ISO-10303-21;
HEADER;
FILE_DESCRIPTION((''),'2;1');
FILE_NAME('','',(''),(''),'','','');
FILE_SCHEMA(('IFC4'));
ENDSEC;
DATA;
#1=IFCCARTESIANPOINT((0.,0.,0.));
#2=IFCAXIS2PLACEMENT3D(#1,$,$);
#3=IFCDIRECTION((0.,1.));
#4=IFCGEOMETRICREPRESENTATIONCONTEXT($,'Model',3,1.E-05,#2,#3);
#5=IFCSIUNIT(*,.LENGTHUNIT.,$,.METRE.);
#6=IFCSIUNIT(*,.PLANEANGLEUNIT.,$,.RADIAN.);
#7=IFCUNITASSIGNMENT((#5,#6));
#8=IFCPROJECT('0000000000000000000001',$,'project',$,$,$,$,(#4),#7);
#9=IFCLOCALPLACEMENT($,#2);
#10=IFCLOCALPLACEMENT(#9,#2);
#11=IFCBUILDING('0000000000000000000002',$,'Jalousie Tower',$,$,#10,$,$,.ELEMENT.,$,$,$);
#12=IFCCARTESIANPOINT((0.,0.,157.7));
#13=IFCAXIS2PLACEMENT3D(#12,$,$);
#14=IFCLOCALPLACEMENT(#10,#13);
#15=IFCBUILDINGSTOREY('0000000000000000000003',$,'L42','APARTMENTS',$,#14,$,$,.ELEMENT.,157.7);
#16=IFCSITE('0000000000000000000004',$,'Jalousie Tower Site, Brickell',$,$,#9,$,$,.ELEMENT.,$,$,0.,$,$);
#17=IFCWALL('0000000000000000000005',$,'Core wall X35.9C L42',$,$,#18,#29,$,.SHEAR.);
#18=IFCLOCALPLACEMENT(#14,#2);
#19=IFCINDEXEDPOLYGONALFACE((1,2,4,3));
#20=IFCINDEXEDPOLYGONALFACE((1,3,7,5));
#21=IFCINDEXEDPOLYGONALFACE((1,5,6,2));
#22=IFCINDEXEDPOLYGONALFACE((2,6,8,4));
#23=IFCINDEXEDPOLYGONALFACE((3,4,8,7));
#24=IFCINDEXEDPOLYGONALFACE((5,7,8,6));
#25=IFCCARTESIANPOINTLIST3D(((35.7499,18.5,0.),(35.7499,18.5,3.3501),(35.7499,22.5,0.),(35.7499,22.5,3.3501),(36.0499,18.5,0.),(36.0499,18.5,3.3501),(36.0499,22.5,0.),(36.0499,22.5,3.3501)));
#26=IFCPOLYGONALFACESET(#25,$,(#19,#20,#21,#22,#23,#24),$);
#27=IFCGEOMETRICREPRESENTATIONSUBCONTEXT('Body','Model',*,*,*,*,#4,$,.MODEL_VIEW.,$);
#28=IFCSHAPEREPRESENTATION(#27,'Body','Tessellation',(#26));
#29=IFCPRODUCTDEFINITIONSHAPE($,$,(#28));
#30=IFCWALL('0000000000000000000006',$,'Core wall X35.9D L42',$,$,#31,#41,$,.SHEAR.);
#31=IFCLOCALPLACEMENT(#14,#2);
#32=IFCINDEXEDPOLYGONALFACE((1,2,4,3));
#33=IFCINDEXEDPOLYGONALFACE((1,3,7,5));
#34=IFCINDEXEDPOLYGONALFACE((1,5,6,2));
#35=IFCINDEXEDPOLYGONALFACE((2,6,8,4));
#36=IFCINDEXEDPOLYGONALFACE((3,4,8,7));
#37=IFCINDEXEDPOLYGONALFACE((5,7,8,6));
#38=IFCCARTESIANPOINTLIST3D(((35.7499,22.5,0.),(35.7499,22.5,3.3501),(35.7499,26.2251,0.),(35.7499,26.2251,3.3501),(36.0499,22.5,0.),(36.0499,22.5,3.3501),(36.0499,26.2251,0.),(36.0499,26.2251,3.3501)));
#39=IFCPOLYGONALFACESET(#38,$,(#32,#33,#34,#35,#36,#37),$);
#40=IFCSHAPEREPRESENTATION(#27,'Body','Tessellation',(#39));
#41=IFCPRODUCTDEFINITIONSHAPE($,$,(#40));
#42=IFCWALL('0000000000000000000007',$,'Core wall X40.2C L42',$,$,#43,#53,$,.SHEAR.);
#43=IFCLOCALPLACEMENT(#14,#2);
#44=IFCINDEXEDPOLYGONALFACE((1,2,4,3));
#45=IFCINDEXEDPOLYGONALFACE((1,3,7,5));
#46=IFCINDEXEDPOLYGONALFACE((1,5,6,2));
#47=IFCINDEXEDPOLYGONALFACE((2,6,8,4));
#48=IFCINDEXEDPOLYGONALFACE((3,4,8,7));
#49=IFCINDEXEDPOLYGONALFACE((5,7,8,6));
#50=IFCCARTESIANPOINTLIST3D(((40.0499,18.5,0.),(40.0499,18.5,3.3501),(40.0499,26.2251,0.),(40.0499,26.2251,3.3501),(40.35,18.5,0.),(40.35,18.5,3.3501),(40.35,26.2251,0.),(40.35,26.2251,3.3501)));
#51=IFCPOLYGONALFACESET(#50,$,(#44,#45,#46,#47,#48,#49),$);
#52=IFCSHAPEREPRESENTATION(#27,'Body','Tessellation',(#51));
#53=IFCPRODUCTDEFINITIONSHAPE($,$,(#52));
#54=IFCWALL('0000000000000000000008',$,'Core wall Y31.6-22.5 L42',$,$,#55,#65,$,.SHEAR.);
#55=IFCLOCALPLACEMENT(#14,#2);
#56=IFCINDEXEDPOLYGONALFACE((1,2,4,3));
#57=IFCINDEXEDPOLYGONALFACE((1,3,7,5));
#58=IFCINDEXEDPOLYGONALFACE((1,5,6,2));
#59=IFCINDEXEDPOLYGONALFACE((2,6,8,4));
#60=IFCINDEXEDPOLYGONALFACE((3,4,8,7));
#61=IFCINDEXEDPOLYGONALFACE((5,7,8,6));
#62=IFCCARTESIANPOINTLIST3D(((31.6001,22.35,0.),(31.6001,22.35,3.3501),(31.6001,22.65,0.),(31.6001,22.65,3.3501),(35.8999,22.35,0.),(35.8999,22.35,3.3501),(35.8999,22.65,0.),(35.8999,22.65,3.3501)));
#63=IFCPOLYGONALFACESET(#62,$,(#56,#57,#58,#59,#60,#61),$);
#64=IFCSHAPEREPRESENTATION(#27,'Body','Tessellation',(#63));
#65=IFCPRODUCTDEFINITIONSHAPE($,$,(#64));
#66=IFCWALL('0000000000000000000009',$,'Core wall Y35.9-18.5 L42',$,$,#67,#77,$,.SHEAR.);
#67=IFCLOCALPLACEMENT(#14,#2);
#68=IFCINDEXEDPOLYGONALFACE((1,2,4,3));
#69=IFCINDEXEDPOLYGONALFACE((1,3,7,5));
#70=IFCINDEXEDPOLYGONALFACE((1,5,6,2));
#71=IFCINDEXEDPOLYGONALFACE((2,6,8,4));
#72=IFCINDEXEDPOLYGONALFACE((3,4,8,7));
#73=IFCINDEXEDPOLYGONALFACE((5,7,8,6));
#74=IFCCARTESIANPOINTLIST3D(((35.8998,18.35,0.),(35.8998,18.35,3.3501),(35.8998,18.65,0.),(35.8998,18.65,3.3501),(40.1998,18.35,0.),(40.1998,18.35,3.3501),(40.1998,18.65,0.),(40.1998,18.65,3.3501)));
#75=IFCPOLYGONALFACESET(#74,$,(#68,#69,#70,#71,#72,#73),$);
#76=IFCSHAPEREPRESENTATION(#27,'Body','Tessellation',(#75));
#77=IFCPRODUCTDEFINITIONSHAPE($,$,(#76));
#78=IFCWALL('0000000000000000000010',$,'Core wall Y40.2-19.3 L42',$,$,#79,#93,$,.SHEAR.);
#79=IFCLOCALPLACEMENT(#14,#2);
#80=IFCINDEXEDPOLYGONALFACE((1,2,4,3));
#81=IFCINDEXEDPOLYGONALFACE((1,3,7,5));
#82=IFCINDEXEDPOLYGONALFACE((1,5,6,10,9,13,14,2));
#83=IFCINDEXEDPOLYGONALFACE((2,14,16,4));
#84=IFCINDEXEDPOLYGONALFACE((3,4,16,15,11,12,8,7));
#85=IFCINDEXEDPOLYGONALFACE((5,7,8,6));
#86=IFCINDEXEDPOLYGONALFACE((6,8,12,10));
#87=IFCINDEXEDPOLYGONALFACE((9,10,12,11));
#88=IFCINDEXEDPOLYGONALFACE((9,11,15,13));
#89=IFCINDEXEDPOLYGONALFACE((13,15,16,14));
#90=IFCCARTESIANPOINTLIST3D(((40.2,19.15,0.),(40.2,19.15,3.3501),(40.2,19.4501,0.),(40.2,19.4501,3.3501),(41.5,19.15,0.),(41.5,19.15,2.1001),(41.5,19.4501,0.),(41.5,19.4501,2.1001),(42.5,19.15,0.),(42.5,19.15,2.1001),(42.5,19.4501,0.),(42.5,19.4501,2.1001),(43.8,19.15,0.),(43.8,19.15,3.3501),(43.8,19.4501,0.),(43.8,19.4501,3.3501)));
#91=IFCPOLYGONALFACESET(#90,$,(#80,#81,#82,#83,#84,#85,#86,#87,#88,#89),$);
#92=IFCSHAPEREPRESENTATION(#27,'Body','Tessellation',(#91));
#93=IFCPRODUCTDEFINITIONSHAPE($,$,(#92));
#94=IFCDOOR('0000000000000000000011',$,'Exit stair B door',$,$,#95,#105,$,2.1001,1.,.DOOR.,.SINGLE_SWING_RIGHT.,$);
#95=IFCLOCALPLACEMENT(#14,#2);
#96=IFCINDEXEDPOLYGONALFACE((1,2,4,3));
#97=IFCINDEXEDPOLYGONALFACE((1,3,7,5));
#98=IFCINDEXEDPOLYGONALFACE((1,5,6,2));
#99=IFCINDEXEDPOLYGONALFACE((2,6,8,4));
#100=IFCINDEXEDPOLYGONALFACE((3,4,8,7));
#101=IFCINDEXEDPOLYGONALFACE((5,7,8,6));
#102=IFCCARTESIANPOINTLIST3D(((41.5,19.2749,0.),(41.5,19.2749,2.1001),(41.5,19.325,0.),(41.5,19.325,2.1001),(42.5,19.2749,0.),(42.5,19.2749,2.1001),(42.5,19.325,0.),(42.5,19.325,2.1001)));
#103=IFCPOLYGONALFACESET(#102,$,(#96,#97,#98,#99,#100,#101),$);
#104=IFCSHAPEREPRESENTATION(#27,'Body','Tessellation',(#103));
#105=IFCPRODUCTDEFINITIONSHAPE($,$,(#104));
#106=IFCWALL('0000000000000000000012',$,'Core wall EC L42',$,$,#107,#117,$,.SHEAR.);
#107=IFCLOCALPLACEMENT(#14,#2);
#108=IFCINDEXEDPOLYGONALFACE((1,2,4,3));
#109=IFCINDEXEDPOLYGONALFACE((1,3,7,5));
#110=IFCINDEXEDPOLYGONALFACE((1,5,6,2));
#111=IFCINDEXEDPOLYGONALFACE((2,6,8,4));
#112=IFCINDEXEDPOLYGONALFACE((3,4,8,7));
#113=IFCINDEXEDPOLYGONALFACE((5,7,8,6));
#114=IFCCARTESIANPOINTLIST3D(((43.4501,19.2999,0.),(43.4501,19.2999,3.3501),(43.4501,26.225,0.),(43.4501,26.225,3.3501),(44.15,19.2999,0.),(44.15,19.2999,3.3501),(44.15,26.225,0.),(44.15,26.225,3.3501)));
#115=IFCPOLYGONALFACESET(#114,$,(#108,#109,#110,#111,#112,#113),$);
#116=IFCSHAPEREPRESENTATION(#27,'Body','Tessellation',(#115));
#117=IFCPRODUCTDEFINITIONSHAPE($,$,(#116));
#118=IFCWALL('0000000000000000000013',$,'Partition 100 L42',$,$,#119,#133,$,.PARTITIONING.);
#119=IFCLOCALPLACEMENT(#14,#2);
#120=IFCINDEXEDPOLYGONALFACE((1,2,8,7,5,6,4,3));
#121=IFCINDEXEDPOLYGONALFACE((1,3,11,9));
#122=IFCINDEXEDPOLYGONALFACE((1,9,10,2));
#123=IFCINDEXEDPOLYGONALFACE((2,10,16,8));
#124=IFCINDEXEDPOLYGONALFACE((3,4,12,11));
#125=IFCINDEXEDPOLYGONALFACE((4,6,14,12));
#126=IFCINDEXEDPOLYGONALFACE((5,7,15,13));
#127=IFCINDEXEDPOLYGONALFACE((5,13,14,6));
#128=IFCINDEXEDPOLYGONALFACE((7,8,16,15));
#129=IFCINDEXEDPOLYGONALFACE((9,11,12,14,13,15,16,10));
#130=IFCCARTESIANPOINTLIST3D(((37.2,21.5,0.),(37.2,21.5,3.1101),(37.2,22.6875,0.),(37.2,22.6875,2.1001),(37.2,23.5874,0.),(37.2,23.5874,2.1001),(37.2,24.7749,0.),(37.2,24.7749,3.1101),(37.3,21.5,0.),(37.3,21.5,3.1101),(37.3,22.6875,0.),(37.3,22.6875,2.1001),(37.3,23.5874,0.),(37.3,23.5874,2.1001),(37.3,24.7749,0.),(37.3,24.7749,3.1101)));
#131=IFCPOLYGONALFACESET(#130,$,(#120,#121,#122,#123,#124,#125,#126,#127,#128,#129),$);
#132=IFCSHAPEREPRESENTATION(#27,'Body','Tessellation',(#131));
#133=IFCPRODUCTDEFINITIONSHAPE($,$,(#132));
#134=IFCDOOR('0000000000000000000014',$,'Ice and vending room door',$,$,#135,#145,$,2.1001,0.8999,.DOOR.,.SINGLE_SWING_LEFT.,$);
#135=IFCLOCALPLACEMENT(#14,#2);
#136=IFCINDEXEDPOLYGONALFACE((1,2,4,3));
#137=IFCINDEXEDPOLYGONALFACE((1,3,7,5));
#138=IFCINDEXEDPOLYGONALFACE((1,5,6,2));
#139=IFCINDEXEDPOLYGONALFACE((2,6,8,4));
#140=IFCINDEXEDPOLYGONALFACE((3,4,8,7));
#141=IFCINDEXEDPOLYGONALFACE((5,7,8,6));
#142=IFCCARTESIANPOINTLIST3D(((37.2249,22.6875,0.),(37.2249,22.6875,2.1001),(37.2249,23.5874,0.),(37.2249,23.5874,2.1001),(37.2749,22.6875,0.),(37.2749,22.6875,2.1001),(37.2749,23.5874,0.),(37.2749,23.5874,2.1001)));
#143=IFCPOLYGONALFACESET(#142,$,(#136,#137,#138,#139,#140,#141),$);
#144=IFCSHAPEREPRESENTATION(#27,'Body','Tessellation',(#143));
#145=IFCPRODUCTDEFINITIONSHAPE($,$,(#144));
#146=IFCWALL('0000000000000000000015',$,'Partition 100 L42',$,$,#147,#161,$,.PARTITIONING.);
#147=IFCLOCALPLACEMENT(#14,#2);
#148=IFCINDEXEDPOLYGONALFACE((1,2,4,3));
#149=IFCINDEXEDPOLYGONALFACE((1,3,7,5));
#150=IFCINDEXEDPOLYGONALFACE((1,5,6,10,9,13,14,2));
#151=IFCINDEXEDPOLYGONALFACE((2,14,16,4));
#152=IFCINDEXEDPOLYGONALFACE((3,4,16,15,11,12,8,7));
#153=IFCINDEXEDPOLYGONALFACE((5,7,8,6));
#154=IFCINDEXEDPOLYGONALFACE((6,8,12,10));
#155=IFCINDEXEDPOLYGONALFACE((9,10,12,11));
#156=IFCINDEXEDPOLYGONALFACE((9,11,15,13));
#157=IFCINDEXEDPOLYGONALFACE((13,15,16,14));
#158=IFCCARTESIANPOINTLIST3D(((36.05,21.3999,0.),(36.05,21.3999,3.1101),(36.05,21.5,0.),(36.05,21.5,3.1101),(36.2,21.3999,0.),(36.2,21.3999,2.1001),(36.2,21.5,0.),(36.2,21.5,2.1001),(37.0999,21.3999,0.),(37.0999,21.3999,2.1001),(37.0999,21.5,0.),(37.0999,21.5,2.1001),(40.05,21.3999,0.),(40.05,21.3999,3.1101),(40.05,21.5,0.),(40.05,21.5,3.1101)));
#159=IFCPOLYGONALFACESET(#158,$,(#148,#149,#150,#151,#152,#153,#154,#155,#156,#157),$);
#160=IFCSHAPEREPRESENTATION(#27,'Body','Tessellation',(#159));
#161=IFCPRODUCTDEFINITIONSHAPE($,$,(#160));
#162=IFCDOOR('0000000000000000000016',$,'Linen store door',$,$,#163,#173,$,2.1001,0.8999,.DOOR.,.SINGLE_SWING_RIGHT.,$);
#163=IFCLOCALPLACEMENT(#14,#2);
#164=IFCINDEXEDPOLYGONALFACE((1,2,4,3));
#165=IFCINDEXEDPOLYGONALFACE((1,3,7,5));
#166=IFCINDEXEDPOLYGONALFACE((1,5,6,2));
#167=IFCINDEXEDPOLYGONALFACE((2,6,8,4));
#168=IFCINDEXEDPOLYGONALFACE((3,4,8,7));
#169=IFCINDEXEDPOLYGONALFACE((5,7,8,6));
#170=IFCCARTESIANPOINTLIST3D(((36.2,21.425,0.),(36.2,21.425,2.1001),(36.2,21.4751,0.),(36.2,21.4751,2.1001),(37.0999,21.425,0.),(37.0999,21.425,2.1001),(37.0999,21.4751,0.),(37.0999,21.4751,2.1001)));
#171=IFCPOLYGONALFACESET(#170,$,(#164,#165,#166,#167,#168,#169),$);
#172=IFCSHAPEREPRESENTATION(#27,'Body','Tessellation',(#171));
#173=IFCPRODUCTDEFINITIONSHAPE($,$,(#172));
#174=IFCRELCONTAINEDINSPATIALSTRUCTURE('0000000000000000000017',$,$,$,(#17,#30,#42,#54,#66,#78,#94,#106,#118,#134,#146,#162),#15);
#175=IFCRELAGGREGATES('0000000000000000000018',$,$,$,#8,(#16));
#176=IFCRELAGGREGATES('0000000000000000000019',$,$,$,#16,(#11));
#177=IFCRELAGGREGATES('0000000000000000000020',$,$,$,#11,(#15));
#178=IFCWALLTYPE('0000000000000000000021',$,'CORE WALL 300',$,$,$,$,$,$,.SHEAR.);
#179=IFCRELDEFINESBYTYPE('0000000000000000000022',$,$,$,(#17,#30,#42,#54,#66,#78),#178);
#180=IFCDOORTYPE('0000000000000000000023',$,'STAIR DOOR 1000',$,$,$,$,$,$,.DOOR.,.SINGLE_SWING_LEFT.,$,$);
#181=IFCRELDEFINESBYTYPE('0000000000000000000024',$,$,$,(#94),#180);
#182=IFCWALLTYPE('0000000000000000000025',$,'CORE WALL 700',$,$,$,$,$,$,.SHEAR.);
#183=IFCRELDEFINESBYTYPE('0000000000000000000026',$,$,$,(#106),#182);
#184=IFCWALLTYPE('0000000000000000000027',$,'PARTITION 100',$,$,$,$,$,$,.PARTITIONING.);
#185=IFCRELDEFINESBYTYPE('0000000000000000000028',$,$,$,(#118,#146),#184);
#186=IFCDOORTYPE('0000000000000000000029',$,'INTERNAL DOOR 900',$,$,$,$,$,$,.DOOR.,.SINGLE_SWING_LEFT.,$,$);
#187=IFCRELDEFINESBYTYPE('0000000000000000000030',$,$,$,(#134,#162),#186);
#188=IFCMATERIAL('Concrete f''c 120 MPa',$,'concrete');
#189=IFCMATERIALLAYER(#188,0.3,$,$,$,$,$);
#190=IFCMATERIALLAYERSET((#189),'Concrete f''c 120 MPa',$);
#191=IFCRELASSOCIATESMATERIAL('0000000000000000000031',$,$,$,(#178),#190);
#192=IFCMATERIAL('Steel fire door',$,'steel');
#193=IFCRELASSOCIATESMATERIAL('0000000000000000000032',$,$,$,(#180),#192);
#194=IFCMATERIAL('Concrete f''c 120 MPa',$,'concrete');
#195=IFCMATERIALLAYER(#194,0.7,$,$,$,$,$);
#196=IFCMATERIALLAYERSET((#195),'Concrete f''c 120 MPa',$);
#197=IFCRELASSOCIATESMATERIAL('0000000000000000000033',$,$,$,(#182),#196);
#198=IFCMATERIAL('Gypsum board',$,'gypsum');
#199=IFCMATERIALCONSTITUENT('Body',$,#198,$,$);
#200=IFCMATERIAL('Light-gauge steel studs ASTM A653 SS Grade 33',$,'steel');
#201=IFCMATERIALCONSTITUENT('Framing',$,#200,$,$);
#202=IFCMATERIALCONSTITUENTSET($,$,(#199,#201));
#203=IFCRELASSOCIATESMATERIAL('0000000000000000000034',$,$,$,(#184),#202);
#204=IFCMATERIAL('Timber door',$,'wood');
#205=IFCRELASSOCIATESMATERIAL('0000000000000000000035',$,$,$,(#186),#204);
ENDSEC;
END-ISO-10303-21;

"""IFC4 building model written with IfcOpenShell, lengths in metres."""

from ifc_helpers import new_model, si_unit, direction, frame, frame_2d, origin, place, context, subcontext, project, spatial, rectangle, extrude, material, layer, layer_set, constituent, constituent_set, type_object, element, fill, save


model = new_model("IFC4")

# Units and contexts
model_context = context("Model", 3, precision=1e-05, world=origin(), true_north=direction((0.0, 1.0)))
body_context = subcontext(model_context, "Body", "Model", "MODEL_VIEW")
ifc_project = project(units=[si_unit("LENGTHUNIT", "METRE"), si_unit("PLANEANGLEUNIT", "RADIAN")], contexts=[model_context])

# Site, building, storey
site_placement = place(None, origin())
site = spatial("IfcSite", under=ifc_project, at=site_placement, Name="Jalousie Tower Site, Brickell", CompositionType="ELEMENT", RefElevation=0.0)
building_placement = place(site_placement, origin())
building = spatial("IfcBuilding", under=site, at=building_placement, Name="Jalousie Tower", CompositionType="ELEMENT")
storey_placement = place(building_placement, frame((0.0, 0.0, 157.7)))
storey = spatial("IfcBuildingStorey", under=building, at=storey_placement, Name="L42", Description="APARTMENTS", CompositionType="ELEMENT", Elevation=157.7)

# Walls
ifc_material_1 = material(Name="Concrete f'c 120 MPa", Category="concrete")
ifc_layer_1 = layer(ifc_material_1, 0.3)
ifc_layer_set_1 = layer_set([ifc_layer_1], Name="Concrete f'c 120 MPa")
wall_type_1 = type_object("IfcWallType", Name="CORE WALL 300", PredefinedType="SHEAR", material=ifc_layer_set_1)
wall_1_placement = place(storey_placement, frame((35.8999, 18.5, 0.0), z_axis=(0.0, 0.0, 1.0), x_axis=(0.0, 1.0, 0.0)))
element("IfcWall", 1, at=wall_1_placement, inside=storey, type_object=wall_type_1, Name="Core wall X35.9C L42", PredefinedType="SHEAR", context=body_context, shape_type="SweptSolid", body=[
    extrude(rectangle(XDim=4.0, YDim=0.3, at=frame_2d((2.0, 0.0))), origin(), (0.0, 0.0, 1.0), 3.3501),
])
wall_2_placement = place(storey_placement, frame((35.8999, 22.5, 0.0), z_axis=(0.0, 0.0, 1.0), x_axis=(0.0, 1.0, 0.0)))
element("IfcWall", 2, at=wall_2_placement, inside=storey, type_object=wall_type_1, Name="Core wall X35.9D L42", PredefinedType="SHEAR", context=body_context, shape_type="SweptSolid", body=[
    extrude(rectangle(XDim=3.7251, YDim=0.3, at=frame_2d((1.8625, 0.0))), origin(), (0.0, 0.0, 1.0), 3.3501),
])
wall_3_placement = place(storey_placement, frame((40.2, 18.5, 0.0), z_axis=(0.0, 0.0, 1.0), x_axis=(0.0, 1.0, 0.0)))
element("IfcWall", 3, at=wall_3_placement, inside=storey, type_object=wall_type_1, Name="Core wall X40.2C L42", PredefinedType="SHEAR", context=body_context, shape_type="SweptSolid", body=[
    extrude(rectangle(XDim=7.7251, YDim=0.3, at=frame_2d((3.8625, 0.0))), origin(), (0.0, 0.0, 1.0), 3.3501),
])
wall_4_placement = place(storey_placement, frame((31.6001, 22.5, 0.0), z_axis=(0.0, 0.0, 1.0), x_axis=(1.0, 0.0, 0.0)))
element("IfcWall", 4, at=wall_4_placement, inside=storey, type_object=wall_type_1, Name="Core wall Y31.6-22.5 L42", PredefinedType="SHEAR", context=body_context, shape_type="SweptSolid", body=[
    extrude(rectangle(XDim=4.2998, YDim=0.3, at=frame_2d((2.1499, 0.0))), origin(), (0.0, 0.0, 1.0), 3.3501),
])
wall_5_placement = place(storey_placement, frame((35.8999, 18.5, 0.0), z_axis=(0.0, 0.0, 1.0), x_axis=(1.0, 0.0, 0.0)))
element("IfcWall", 5, at=wall_5_placement, inside=storey, type_object=wall_type_1, Name="Core wall Y35.9-18.5 L42", PredefinedType="SHEAR", context=body_context, shape_type="SweptSolid", body=[
    extrude(rectangle(XDim=4.3, YDim=0.3, at=frame_2d((2.1499, 0.0))), origin(), (0.0, 0.0, 1.0), 3.3501),
])

# Wall, opening, door
wall_6_placement = place(storey_placement, frame((40.2, 19.3, 0.0), z_axis=(0.0, 0.0, 1.0), x_axis=(1.0, 0.0, 0.0)))
wall_6 = element("IfcWall", 6, at=wall_6_placement, inside=storey, type_object=wall_type_1, Name="Core wall Y40.2-19.3 L42", PredefinedType="SHEAR", context=body_context, shape_type="SweptSolid", body=[
    extrude(rectangle(XDim=3.6001, YDim=0.3, at=frame_2d((1.8, 0.0))), origin(), (0.0, 0.0, 1.0), 3.3501),
])
opening_1_placement = place(wall_6_placement, frame((1.3, 0.0, 0.0)))
opening_1 = element("IfcOpeningElement", 7, at=opening_1_placement, cuts=wall_6, PredefinedType="OPENING", context=body_context, shape_type="SweptSolid", body=[
    extrude(rectangle(XDim=1.0, YDim=2.1001, at=frame_2d((0.5, 1.05))), frame((0.0, 0.1599, 0.0), z_axis=(0.0, -1.0, 0.0), x_axis=(1.0, 0.0, 0.0)), (0.0, 0.0, 1.0), 0.3201),
])
ifc_material_2 = material(Name="Steel fire door", Category="steel")
door_type_1 = type_object("IfcDoorType", Name="STAIR DOOR 1000", OperationType="SINGLE_SWING_LEFT", PredefinedType="DOOR", material=ifc_material_2)
door_1_placement = place(opening_1_placement, origin())
door_1 = element("IfcDoor", 8, at=door_1_placement, inside=storey, type_object=door_type_1, Name="Exit stair B door", OperationType="SINGLE_SWING_RIGHT", OverallHeight=2.1001, OverallWidth=1.0, PredefinedType="DOOR", context=body_context, shape_type="SweptSolid", body=[
    extrude(rectangle(XDim=1.0, YDim=2.1001, at=frame_2d((0.5, 1.05))), frame((0.0, 0.0249, 0.0), z_axis=(0.0, -1.0, 0.0), x_axis=(1.0, 0.0, 0.0)), (0.0, 0.0, 1.0), 0.05),
])
fill(opening_1, door_1)

# Wall
ifc_material_3 = material(Name="Concrete f'c 120 MPa", Category="concrete")
ifc_layer_2 = layer(ifc_material_3, 0.7)
ifc_layer_set_2 = layer_set([ifc_layer_2], Name="Concrete f'c 120 MPa")
wall_type_2 = type_object("IfcWallType", Name="CORE WALL 700", PredefinedType="SHEAR", material=ifc_layer_set_2)
wall_7_placement = place(storey_placement, frame((43.8, 19.3, 0.0), z_axis=(0.0, 0.0, 1.0), x_axis=(0.0, 1.0, 0.0)))
element("IfcWall", 9, at=wall_7_placement, inside=storey, type_object=wall_type_2, Name="Core wall EC L42", PredefinedType="SHEAR", context=body_context, shape_type="SweptSolid", body=[
    extrude(rectangle(XDim=6.925, YDim=0.7, at=frame_2d((3.4624, 0.0))), origin(), (0.0, 0.0, 1.0), 3.3501),
])

# Walls, openings, doors
ifc_material_4 = material(Name="Gypsum board", Category="gypsum")
ifc_constituent_1 = constituent(ifc_material_4, Name="Body")
ifc_material_5 = material(Name="Light-gauge steel studs ASTM A653 SS Grade 33", Category="steel")
ifc_constituent_2 = constituent(ifc_material_5, Name="Framing")
ifc_constituent_set_1 = constituent_set(constituents=[ifc_constituent_1, ifc_constituent_2])
wall_type_3 = type_object("IfcWallType", Name="PARTITION 100", PredefinedType="PARTITIONING", material=ifc_constituent_set_1)
wall_8_placement = place(storey_placement, frame((37.25, 21.5, 0.0), z_axis=(0.0, 0.0, 1.0), x_axis=(0.0, 1.0, 0.0)))
wall_8 = element("IfcWall", 10, at=wall_8_placement, inside=storey, type_object=wall_type_3, Name="Partition 100 L42", PredefinedType="PARTITIONING", context=body_context, shape_type="SweptSolid", body=[
    extrude(rectangle(XDim=3.2749, YDim=0.1001, at=frame_2d((1.6375, 0.0))), origin(), (0.0, 0.0, 1.0), 3.1101),
])
opening_2_placement = place(wall_8_placement, frame((1.1875, 0.0, 0.0)))
opening_2 = element("IfcOpeningElement", 11, at=opening_2_placement, cuts=wall_8, PredefinedType="OPENING", context=body_context, shape_type="SweptSolid", body=[
    extrude(rectangle(XDim=0.8999, YDim=2.1001, at=frame_2d((0.45, 1.05))), frame((0.0, 0.0601, 0.0), z_axis=(0.0, -1.0, 0.0), x_axis=(1.0, 0.0, 0.0)), (0.0, 0.0, 1.0), 0.1201),
])
ifc_material_6 = material(Name="Timber door", Category="wood")
door_type_2 = type_object("IfcDoorType", Name="INTERNAL DOOR 900", OperationType="SINGLE_SWING_LEFT", PredefinedType="DOOR", material=ifc_material_6)
door_2_placement = place(opening_2_placement, frame((0.8999, 0.0, 0.0), z_axis=(0.0, 0.0, 1.0), x_axis=(-1.0, 0.0, 0.0)))
door_2 = element("IfcDoor", 12, at=door_2_placement, inside=storey, type_object=door_type_2, Name="Ice and vending room door", OperationType="SINGLE_SWING_LEFT", OverallHeight=2.1001, OverallWidth=0.8999, PredefinedType="DOOR", context=body_context, shape_type="SweptSolid", body=[
    extrude(rectangle(XDim=0.8999, YDim=2.1001, at=frame_2d((0.45, 1.05))), frame((0.0, 0.0249, 0.0), z_axis=(0.0, -1.0, 0.0), x_axis=(1.0, 0.0, 0.0)), (0.0, 0.0, 1.0), 0.05),
])
fill(opening_2, door_2)
wall_9_placement = place(storey_placement, frame((36.05, 21.45, 0.0), z_axis=(0.0, 0.0, 1.0), x_axis=(1.0, 0.0, 0.0)))
wall_9 = element("IfcWall", 13, at=wall_9_placement, inside=storey, type_object=wall_type_3, Name="Partition 100 L42", PredefinedType="PARTITIONING", context=body_context, shape_type="SweptSolid", body=[
    extrude(rectangle(XDim=4.0, YDim=0.1001, at=frame_2d((2.0, 0.0))), origin(), (0.0, 0.0, 1.0), 3.1101),
])
opening_3_placement = place(wall_9_placement, frame((0.1499, 0.0, 0.0)))
opening_3 = element("IfcOpeningElement", 14, at=opening_3_placement, cuts=wall_9, PredefinedType="OPENING", context=body_context, shape_type="SweptSolid", body=[
    extrude(rectangle(XDim=0.8999, YDim=2.1001, at=frame_2d((0.45, 1.05))), frame((0.0, 0.0601, 0.0), z_axis=(0.0, -1.0, 0.0), x_axis=(1.0, 0.0, 0.0)), (0.0, 0.0, 1.0), 0.1201),
])
door_3_placement = place(opening_3_placement, frame((0.8999, 0.0, 0.0), z_axis=(0.0, 0.0, 1.0), x_axis=(-1.0, 0.0, 0.0)))
door_3 = element("IfcDoor", 15, at=door_3_placement, inside=storey, type_object=door_type_2, Name="Linen store door", OperationType="SINGLE_SWING_RIGHT", OverallHeight=2.1001, OverallWidth=0.8999, PredefinedType="DOOR", context=body_context, shape_type="SweptSolid", body=[
    extrude(rectangle(XDim=0.8999, YDim=2.1001, at=frame_2d((0.45, 1.05))), frame((0.0, 0.0249, 0.0), z_axis=(0.0, -1.0, 0.0), x_axis=(1.0, 0.0, 0.0)), (0.0, 0.0, 1.0), 0.05),
])
fill(opening_3, door_3)

save(model, "model.ifc")
